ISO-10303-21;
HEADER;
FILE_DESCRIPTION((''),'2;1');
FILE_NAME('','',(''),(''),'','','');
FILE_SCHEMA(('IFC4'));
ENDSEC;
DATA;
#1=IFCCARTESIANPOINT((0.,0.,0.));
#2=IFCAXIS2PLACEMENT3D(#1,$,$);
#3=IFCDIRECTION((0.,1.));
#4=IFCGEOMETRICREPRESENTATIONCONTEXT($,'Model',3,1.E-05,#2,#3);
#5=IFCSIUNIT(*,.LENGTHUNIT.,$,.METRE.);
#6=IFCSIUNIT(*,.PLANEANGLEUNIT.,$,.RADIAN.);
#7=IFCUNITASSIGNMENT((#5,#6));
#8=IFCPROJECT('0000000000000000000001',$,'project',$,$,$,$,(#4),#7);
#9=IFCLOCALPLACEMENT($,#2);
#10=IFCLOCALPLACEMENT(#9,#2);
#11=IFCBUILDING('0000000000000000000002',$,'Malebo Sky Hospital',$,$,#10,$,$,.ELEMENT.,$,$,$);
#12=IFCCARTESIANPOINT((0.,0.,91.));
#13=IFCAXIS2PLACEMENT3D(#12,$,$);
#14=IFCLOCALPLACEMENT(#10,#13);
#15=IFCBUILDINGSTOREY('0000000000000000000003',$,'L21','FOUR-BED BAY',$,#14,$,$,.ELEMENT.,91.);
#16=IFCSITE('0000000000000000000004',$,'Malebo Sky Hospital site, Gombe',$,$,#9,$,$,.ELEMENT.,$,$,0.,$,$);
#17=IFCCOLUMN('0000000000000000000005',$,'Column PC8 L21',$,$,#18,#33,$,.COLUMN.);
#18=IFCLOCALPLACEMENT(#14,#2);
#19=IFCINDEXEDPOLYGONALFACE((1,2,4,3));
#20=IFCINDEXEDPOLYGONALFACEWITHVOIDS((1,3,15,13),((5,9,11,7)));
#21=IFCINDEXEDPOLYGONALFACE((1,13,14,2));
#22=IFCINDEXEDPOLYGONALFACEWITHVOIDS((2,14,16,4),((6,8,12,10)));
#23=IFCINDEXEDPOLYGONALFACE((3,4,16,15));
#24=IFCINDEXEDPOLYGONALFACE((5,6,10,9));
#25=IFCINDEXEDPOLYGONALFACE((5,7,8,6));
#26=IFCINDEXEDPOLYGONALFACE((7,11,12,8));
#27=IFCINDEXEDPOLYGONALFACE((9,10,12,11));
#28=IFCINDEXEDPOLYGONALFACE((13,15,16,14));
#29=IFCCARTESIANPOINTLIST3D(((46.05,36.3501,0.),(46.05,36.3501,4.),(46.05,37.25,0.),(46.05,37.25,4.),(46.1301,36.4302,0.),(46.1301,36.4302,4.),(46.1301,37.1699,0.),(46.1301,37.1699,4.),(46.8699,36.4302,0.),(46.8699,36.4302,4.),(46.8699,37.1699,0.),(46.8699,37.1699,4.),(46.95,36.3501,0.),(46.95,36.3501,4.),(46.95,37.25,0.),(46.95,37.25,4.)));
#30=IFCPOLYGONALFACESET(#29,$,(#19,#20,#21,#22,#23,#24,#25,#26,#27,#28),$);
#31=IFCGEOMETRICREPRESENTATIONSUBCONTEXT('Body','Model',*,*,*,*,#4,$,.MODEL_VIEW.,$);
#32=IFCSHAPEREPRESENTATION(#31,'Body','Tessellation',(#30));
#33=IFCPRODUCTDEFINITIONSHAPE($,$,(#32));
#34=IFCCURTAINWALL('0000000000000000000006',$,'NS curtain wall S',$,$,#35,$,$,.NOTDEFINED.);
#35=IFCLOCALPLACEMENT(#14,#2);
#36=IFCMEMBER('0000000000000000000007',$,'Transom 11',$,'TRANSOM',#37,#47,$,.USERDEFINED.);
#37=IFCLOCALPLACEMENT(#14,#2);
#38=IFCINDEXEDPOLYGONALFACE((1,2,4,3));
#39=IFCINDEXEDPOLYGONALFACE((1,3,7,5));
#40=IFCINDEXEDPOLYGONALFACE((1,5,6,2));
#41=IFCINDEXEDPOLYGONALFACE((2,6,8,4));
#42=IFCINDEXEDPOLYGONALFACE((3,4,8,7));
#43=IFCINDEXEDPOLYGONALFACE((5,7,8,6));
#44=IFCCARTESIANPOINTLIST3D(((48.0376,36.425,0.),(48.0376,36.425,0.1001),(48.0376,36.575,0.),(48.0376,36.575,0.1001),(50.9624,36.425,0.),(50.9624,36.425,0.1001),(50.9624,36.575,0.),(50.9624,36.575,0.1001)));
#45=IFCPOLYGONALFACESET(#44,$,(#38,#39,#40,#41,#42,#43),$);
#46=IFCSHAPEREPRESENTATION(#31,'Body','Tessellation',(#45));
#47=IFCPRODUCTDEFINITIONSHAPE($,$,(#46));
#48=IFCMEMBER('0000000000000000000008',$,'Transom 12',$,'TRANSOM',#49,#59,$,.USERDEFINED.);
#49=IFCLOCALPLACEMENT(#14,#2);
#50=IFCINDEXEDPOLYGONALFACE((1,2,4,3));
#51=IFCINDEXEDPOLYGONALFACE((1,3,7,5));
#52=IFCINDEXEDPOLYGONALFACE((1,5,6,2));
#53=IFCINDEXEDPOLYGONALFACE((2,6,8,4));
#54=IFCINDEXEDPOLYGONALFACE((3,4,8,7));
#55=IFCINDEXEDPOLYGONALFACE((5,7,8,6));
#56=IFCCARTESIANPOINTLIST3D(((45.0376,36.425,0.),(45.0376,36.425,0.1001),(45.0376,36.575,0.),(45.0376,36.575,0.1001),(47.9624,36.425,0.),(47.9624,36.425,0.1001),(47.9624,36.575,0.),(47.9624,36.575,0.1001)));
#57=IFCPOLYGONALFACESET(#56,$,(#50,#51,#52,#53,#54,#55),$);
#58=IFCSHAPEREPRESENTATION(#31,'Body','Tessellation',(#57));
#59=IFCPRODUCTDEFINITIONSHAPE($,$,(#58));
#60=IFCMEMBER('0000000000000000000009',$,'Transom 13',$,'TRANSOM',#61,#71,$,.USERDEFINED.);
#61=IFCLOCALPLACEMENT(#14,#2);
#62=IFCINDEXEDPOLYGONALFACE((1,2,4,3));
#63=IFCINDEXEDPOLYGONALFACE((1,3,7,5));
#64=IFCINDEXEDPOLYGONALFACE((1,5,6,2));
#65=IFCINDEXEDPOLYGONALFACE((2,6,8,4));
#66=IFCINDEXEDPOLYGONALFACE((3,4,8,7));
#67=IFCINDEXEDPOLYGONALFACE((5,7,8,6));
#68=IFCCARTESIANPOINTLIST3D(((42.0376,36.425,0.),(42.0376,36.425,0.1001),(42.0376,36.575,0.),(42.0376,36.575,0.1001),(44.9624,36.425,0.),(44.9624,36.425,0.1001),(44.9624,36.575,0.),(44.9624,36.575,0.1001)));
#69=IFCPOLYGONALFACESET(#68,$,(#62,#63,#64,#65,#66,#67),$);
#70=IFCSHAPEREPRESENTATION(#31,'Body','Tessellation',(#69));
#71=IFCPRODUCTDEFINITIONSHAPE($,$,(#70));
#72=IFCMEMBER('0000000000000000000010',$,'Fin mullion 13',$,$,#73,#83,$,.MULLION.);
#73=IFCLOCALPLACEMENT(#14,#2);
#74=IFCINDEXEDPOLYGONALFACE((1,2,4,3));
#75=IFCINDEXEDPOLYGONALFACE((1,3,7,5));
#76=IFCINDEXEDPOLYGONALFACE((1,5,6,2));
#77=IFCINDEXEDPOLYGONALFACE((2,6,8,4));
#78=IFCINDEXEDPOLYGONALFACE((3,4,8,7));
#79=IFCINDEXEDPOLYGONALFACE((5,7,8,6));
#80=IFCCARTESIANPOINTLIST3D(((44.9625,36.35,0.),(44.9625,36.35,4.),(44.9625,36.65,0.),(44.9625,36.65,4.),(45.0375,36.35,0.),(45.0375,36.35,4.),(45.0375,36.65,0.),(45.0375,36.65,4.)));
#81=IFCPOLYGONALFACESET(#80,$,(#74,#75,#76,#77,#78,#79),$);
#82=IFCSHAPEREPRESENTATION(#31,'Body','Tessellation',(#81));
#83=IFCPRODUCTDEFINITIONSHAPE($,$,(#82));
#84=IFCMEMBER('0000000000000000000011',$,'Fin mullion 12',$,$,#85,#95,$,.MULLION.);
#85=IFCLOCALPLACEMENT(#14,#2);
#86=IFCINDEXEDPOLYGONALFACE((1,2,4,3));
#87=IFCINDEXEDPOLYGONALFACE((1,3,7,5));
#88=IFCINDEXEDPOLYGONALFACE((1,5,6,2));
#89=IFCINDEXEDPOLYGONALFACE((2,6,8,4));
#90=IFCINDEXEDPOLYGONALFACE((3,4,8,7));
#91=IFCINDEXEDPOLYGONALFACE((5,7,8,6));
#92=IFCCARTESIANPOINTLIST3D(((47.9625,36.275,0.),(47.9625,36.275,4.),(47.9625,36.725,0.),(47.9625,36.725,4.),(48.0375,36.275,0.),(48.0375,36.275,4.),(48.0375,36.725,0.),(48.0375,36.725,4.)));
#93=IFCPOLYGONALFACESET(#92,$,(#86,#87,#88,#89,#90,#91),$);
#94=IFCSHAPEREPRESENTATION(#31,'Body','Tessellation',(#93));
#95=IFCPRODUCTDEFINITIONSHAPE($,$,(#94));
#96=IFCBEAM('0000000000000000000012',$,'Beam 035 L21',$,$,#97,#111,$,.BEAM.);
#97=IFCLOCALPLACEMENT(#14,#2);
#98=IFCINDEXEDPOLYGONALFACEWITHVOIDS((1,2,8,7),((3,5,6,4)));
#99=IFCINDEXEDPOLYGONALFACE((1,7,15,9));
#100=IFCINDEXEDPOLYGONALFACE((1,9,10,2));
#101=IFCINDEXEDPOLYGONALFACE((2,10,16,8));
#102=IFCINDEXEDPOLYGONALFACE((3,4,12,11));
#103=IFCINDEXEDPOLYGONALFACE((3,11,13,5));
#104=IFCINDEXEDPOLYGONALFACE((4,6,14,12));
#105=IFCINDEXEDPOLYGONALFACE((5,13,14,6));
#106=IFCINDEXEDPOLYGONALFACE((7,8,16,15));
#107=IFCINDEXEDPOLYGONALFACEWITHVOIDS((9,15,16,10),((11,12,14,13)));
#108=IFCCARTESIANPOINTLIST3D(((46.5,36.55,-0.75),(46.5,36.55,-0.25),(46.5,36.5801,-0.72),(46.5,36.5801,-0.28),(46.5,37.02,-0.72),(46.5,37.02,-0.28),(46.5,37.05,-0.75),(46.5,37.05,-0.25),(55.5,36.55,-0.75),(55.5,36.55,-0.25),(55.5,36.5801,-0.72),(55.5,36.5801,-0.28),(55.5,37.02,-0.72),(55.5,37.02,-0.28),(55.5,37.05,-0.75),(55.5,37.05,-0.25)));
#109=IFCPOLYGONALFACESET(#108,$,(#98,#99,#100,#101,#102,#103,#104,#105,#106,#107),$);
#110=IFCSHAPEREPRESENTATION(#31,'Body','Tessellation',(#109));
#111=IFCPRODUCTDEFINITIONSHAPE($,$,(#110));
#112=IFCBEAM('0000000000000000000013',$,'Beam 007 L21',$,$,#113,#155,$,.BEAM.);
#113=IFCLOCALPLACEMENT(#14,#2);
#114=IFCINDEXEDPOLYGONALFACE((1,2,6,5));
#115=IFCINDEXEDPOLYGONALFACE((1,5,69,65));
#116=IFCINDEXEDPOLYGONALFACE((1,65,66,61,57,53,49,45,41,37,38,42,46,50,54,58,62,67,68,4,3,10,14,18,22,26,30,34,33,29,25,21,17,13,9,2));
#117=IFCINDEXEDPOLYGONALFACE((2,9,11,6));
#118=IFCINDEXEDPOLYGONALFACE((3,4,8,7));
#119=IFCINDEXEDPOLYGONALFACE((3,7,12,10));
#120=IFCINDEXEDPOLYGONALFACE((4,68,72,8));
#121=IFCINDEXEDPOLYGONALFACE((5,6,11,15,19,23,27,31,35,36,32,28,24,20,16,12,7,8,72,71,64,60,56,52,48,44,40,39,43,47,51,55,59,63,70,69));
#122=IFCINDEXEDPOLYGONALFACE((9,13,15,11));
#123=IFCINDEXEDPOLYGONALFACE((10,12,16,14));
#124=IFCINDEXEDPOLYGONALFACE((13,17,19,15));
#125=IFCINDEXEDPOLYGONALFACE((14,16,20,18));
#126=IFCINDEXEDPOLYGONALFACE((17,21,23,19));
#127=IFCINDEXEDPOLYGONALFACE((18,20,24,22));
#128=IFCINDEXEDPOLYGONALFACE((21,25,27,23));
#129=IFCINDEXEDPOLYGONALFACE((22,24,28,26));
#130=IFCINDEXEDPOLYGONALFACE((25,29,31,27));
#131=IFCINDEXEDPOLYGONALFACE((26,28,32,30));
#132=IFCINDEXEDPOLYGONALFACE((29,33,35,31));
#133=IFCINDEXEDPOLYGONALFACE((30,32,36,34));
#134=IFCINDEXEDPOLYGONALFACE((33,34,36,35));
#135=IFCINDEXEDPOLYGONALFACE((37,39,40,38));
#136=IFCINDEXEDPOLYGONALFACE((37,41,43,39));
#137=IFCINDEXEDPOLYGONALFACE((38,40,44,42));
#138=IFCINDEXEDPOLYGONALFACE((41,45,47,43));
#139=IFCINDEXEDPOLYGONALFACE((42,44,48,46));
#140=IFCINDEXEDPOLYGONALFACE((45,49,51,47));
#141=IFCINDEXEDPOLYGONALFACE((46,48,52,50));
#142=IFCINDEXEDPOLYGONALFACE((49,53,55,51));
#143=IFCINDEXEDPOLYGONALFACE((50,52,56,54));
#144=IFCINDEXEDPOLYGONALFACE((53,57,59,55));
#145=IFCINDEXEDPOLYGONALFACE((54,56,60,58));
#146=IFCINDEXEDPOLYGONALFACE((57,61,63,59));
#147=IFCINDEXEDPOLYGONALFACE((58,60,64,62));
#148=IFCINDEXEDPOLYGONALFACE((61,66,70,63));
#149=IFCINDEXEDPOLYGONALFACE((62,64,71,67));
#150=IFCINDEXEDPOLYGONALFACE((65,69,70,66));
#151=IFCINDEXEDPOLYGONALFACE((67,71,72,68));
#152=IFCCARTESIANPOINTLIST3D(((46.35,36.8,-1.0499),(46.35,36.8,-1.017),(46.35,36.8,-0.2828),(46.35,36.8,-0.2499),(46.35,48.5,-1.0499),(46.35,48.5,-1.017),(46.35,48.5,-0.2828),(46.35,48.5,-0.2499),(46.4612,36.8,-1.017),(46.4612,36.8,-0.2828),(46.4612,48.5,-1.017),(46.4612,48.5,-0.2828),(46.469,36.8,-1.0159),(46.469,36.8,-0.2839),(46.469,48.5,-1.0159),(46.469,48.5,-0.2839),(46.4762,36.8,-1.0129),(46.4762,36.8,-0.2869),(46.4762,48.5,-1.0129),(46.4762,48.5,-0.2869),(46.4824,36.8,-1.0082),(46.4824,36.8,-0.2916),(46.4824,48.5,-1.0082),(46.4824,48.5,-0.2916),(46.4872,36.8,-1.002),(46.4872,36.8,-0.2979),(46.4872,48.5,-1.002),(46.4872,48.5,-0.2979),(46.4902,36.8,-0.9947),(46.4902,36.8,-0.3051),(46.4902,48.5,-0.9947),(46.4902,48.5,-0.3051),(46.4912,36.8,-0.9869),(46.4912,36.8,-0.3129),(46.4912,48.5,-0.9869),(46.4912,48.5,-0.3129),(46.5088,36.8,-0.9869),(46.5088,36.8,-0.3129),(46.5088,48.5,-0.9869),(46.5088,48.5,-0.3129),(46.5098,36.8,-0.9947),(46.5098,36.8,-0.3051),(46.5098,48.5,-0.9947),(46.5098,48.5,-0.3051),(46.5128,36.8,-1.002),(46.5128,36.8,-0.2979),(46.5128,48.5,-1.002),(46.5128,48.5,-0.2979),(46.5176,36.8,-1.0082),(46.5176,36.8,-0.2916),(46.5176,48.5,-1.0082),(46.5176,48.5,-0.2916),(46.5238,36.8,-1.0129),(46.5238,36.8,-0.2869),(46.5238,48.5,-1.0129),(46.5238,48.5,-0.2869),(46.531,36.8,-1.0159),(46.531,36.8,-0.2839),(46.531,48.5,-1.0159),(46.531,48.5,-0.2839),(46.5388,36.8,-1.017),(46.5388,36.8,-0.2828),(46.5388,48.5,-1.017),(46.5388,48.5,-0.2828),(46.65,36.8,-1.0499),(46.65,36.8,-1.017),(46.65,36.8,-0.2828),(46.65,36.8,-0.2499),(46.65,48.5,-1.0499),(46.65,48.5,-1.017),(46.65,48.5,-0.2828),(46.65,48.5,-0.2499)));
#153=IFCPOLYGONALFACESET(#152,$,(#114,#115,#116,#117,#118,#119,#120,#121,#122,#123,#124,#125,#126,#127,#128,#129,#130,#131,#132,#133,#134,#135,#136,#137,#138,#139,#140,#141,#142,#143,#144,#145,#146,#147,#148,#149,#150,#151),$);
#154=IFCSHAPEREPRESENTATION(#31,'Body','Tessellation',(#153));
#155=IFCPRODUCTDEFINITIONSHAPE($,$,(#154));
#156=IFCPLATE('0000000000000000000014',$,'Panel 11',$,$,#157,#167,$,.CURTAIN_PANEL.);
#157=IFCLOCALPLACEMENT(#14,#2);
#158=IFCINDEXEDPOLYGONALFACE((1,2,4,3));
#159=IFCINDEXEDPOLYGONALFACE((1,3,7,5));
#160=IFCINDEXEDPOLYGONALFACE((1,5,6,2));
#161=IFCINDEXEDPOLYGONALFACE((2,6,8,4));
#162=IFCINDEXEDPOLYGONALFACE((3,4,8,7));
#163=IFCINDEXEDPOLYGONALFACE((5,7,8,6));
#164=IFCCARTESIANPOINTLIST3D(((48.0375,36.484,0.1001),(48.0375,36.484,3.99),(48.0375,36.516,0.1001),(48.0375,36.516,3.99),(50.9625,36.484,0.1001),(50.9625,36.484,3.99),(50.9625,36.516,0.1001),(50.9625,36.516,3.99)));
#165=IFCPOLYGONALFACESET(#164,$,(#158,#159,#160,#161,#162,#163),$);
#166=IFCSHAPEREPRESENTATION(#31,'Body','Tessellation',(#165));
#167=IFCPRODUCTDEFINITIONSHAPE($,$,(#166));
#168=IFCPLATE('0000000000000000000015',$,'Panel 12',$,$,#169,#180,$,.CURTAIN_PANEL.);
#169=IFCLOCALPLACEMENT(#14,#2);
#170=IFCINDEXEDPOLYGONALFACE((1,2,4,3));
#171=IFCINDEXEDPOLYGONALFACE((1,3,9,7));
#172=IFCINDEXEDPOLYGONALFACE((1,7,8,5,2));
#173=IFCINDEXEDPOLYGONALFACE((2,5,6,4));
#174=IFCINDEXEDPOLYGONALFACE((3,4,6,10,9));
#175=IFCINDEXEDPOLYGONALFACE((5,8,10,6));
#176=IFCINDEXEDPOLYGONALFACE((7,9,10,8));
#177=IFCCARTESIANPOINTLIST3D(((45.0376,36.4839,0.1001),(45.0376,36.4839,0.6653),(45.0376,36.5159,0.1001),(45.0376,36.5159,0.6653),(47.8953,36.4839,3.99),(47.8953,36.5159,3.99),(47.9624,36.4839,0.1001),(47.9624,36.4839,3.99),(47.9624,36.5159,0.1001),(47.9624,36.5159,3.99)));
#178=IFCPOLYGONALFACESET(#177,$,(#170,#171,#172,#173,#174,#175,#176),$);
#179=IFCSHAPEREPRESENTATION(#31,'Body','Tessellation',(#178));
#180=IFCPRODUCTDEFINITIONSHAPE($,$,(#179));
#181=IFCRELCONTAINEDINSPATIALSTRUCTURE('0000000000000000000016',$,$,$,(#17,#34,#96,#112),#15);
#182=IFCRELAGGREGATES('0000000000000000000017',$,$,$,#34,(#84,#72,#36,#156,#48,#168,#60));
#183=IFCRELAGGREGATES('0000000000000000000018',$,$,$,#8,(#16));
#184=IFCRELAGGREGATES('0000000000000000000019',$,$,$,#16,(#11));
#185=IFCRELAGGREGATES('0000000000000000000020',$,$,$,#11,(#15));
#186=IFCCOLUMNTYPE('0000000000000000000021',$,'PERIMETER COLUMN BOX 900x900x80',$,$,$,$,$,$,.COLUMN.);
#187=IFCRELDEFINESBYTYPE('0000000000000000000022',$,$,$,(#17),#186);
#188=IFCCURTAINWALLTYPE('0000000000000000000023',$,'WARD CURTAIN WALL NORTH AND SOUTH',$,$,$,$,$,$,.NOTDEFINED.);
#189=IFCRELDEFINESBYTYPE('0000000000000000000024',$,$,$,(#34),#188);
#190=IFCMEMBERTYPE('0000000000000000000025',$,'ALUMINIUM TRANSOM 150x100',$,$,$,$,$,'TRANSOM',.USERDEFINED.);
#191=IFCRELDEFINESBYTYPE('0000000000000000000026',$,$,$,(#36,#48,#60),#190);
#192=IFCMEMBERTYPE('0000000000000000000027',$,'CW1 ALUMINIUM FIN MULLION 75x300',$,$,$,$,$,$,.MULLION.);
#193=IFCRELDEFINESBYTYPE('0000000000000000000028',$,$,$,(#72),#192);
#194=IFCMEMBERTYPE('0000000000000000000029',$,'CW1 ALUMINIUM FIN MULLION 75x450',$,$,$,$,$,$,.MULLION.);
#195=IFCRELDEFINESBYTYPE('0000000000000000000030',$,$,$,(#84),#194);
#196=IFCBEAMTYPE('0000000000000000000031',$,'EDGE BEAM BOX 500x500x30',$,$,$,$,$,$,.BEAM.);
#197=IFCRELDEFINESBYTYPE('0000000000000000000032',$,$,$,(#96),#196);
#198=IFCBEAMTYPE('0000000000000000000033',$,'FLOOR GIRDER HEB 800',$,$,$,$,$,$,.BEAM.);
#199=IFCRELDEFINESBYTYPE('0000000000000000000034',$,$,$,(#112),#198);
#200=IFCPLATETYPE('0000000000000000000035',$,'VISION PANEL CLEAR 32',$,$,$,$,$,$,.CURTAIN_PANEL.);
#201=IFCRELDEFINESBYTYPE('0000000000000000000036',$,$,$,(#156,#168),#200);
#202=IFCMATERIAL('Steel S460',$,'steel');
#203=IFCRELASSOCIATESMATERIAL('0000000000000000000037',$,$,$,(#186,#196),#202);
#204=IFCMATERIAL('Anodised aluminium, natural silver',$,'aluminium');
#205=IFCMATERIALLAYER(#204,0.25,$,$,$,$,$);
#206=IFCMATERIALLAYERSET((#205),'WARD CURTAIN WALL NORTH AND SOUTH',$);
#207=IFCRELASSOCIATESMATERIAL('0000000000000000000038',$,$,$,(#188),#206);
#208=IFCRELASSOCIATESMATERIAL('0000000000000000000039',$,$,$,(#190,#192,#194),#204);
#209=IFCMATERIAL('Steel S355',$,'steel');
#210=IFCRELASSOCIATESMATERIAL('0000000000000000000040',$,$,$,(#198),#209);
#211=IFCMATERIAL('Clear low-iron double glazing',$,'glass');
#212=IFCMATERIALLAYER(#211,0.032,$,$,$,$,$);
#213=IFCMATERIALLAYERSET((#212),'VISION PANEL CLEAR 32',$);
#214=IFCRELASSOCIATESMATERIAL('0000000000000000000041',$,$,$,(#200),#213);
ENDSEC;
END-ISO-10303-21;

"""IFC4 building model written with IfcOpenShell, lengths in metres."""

from ifc_helpers import new_model, si_unit, direction, frame, origin, origin_2d, place, context, subcontext, project, spatial, polyline, rectangle, hollow_rectangle, i_section, outline, extrude, material, layer, layer_set, material_profile, profile_set, type_object, element, aggregate, save


model = new_model("IFC4")

# Units and contexts
model_context = context("Model", 3, precision=1e-05, world=origin(), true_north=direction((0.0, 1.0)))
body_context = subcontext(model_context, "Body", "Model", "MODEL_VIEW")
ifc_project = project(units=[si_unit("LENGTHUNIT", "METRE"), si_unit("PLANEANGLEUNIT", "RADIAN")], contexts=[model_context])

# Site, building, storey
site_placement = place(None, origin())
site = spatial("IfcSite", under=ifc_project, at=site_placement, Name="Malebo Sky Hospital site, Gombe", CompositionType="ELEMENT", RefElevation=0.0)
building_placement = place(site_placement, origin())
building = spatial("IfcBuilding", under=site, at=building_placement, Name="Malebo Sky Hospital", CompositionType="ELEMENT")
storey_placement = place(building_placement, frame((0.0, 0.0, 91.0)))
storey = spatial("IfcBuildingStorey", under=building, at=storey_placement, Name="L21", Description="FOUR-BED BAY", CompositionType="ELEMENT", Elevation=91.0)

# Column
ifc_material_1 = material(Name="Steel S460", Category="steel")
ifc_material_profile_1 = material_profile(ifc_material_1, hollow_rectangle(XDim=0.8999, YDim=0.8999, WallThickness=0.0801, at=origin_2d()), Name="BOX 900x900x80")
ifc_profile_set_1 = profile_set([ifc_material_profile_1], Name="Steel S460")
column_type = type_object("IfcColumnType", Name="PERIMETER COLUMN BOX 900x900x80", PredefinedType="COLUMN", material=ifc_profile_set_1)
column_placement = place(storey_placement, frame((46.5, 36.8, 0.0), z_axis=(0.0, 0.0, 1.0), x_axis=(1.0, 0.0, 0.0)))
element("IfcColumn", 1, at=column_placement, inside=storey, type_object=column_type, Name="Column PC8 L21", PredefinedType="COLUMN", context=body_context, shape_type="SweptSolid", body=[
    extrude(hollow_rectangle(XDim=0.8999, YDim=0.8999, WallThickness=0.0801, at=origin_2d()), origin(), (0.0, 0.0, 1.0), 4.0),
])

# Curtain wall, members
ifc_material_2 = material(Name="Anodised aluminium, natural silver", Category="aluminium")
ifc_layer_1 = layer(ifc_material_2, 0.25)
ifc_layer_set_1 = layer_set([ifc_layer_1], Name="WARD CURTAIN WALL NORTH AND SOUTH")
curtain_wall_type = type_object("IfcCurtainWallType", Name="WARD CURTAIN WALL NORTH AND SOUTH", PredefinedType="NOTDEFINED", material=ifc_layer_set_1)
curtain_wall_placement = place(storey_placement, origin())
curtain_wall = element("IfcCurtainWall", 2, at=curtain_wall_placement, inside=storey, type_object=curtain_wall_type, Name="NS curtain wall S", PredefinedType="NOTDEFINED")
ifc_material_profile_2 = material_profile(ifc_material_2, rectangle(XDim=0.1499, YDim=0.1001, at=origin_2d()), Name="ALUMINIUM TRANSOM 150x100")
ifc_profile_set_2 = profile_set([ifc_material_profile_2], Name="Anodised aluminium, natural silver")
member_type_1 = type_object("IfcMemberType", Name="ALUMINIUM TRANSOM 150x100", ElementType="TRANSOM", PredefinedType="USERDEFINED", material=ifc_profile_set_2)
member_1_placement = place(storey_placement, frame((50.9624, 36.5, 0.05), z_axis=(-1.0, 0.0, 0.0), x_axis=(0.0, -1.0, 0.0)))
member_1 = element("IfcMember", 3, at=member_1_placement, type_object=member_type_1, Name="Transom 11", ObjectType="TRANSOM", PredefinedType="USERDEFINED", context=body_context, shape_type="SweptSolid", body=[
    extrude(rectangle(XDim=0.1499, YDim=0.1001, at=origin_2d()), origin(), (0.0, 0.0, 1.0), 2.9248),
])
member_2_placement = place(storey_placement, frame((47.9624, 36.5, 0.05), z_axis=(-1.0, 0.0, 0.0), x_axis=(0.0, -1.0, 0.0)))
member_2 = element("IfcMember", 4, at=member_2_placement, type_object=member_type_1, Name="Transom 12", ObjectType="TRANSOM", PredefinedType="USERDEFINED", context=body_context, shape_type="SweptSolid", body=[
    extrude(rectangle(XDim=0.1499, YDim=0.1001, at=origin_2d()), origin(), (0.0, 0.0, 1.0), 2.9248),
])
member_3_placement = place(storey_placement, frame((44.9624, 36.5, 0.05), z_axis=(-1.0, 0.0, 0.0), x_axis=(0.0, -1.0, 0.0)))
member_3 = element("IfcMember", 5, at=member_3_placement, type_object=member_type_1, Name="Transom 13", ObjectType="TRANSOM", PredefinedType="USERDEFINED", context=body_context, shape_type="SweptSolid", body=[
    extrude(rectangle(XDim=0.1499, YDim=0.1001, at=origin_2d()), origin(), (0.0, 0.0, 1.0), 2.9248),
])
ifc_material_profile_3 = material_profile(ifc_material_2, rectangle(XDim=0.075, YDim=0.3, at=origin_2d()), Name="CW1 ALUMINIUM FIN MULLION 75x300")
ifc_profile_set_3 = profile_set([ifc_material_profile_3], Name="Anodised aluminium, natural silver")
member_type_2 = type_object("IfcMemberType", Name="CW1 ALUMINIUM FIN MULLION 75x300", PredefinedType="MULLION", material=ifc_profile_set_3)
member_4_placement = place(storey_placement, frame((45.0, 36.5, 0.0), z_axis=(0.0, 0.0, 1.0), x_axis=(-1.0, 0.0, 0.0)))
member_4 = element("IfcMember", 6, at=member_4_placement, type_object=member_type_2, Name="Fin mullion 13", PredefinedType="MULLION", context=body_context, shape_type="SweptSolid", body=[
    extrude(rectangle(XDim=0.075, YDim=0.3, at=origin_2d()), origin(), (0.0, 0.0, 1.0), 4.0),
])
ifc_material_profile_4 = material_profile(ifc_material_2, rectangle(XDim=0.075, YDim=0.45, at=origin_2d()), Name="CW1 ALUMINIUM FIN MULLION 75x450")
ifc_profile_set_4 = profile_set([ifc_material_profile_4], Name="Anodised aluminium, natural silver")
member_type_3 = type_object("IfcMemberType", Name="CW1 ALUMINIUM FIN MULLION 75x450", PredefinedType="MULLION", material=ifc_profile_set_4)
member_5_placement = place(storey_placement, frame((48.0, 36.5, 0.0), z_axis=(0.0, 0.0, 1.0), x_axis=(-1.0, 0.0, 0.0)))
member_5 = element("IfcMember", 7, at=member_5_placement, type_object=member_type_3, Name="Fin mullion 12", PredefinedType="MULLION", context=body_context, shape_type="SweptSolid", body=[
    extrude(rectangle(XDim=0.075, YDim=0.45, at=origin_2d()), origin(), (0.0, 0.0, 1.0), 4.0),
])

# Beams
ifc_material_profile_5 = material_profile(ifc_material_1, hollow_rectangle(XDim=0.5, YDim=0.5, WallThickness=0.03, at=origin_2d()), Name="BOX 500x500x30")
ifc_profile_set_5 = profile_set([ifc_material_profile_5], Name="Steel S460")
beam_type_1 = type_object("IfcBeamType", Name="EDGE BEAM BOX 500x500x30", PredefinedType="BEAM", material=ifc_profile_set_5)
beam_1_placement = place(storey_placement, frame((46.5, 36.8, -0.5), z_axis=(1.0, 0.0, 0.0), x_axis=(0.0, 1.0, 0.0)))
element("IfcBeam", 8, at=beam_1_placement, inside=storey, type_object=beam_type_1, Name="Beam 035 L21", PredefinedType="BEAM", context=body_context, shape_type="SweptSolid", body=[
    extrude(hollow_rectangle(XDim=0.5, YDim=0.5, WallThickness=0.03, at=origin_2d()), origin(), (0.0, 0.0, 1.0), 9.0),
])
ifc_material_3 = material(Name="Steel S355", Category="steel")
ifc_material_profile_6 = material_profile(ifc_material_3, i_section(OverallWidth=0.3, OverallDepth=0.8, WebThickness=0.0176, FlangeThickness=0.033, FilletRadius=0.03, at=origin_2d()), Name="HEB 800")
ifc_profile_set_6 = profile_set([ifc_material_profile_6], Name="Steel S355")
beam_type_2 = type_object("IfcBeamType", Name="FLOOR GIRDER HEB 800", PredefinedType="BEAM", material=ifc_profile_set_6)
beam_2_placement = place(storey_placement, frame((46.5, 36.8, -0.6499), z_axis=(0.0, 1.0, 0.0), x_axis=(-1.0, 0.0, 0.0)))
element("IfcBeam", 9, at=beam_2_placement, inside=storey, type_object=beam_type_2, Name="Beam 007 L21", PredefinedType="BEAM", context=body_context, shape_type="SweptSolid", body=[
    extrude(i_section(OverallWidth=0.3, OverallDepth=0.8, WebThickness=0.0176, FlangeThickness=0.033, FilletRadius=0.03, at=origin_2d()), origin(), (0.0, 0.0, 1.0), 11.7),
])

# Plates
ifc_material_4 = material(Name="Clear low-iron double glazing", Category="glass")
ifc_layer_2 = layer(ifc_material_4, 0.032)
ifc_layer_set_2 = layer_set([ifc_layer_2], Name="VISION PANEL CLEAR 32")
plate_type = type_object("IfcPlateType", Name="VISION PANEL CLEAR 32", PredefinedType="CURTAIN_PANEL", material=ifc_layer_set_2)
plate_1_placement = place(storey_placement, frame((49.5, 36.5, 0.1001), z_axis=(0.0, 0.0, 1.0), x_axis=(-1.0, 0.0, 0.0)))
plate_1 = element("IfcPlate", 10, at=plate_1_placement, type_object=plate_type, Name="Panel 11", PredefinedType="CURTAIN_PANEL", context=body_context, shape_type="SweptSolid", body=[
    extrude(rectangle(XDim=2.925, YDim=0.032, at=origin_2d()), origin(), (0.0, 0.0, 1.0), 3.8899),
])
plate_2_placement = place(storey_placement, frame((46.5, 36.5, 0.1001), z_axis=(0.0, 0.0, 1.0), x_axis=(-1.0, 0.0, 0.0)))
plate_2 = element("IfcPlate", 11, at=plate_2_placement, type_object=plate_type, Name="Panel 12", PredefinedType="CURTAIN_PANEL", context=body_context, shape_type="SweptSolid", body=[
    extrude(outline(polyline([(-1.4624, 0.0), (1.4624, 0.0), (1.4624, 0.5652), (-1.3953, 3.8899), (-1.4624, 3.8899), (-1.4624, 0.0)])), frame((0.0, 0.0161, 0.0), z_axis=(0.0, -1.0, 0.0), x_axis=(1.0, 0.0, 0.0)), (0.0, 0.0, 1.0), 0.032),
])
aggregate(curtain_wall, [member_5, member_4, member_1, plate_1, member_2, plate_2, member_3])

save(model, "model.ifc")
